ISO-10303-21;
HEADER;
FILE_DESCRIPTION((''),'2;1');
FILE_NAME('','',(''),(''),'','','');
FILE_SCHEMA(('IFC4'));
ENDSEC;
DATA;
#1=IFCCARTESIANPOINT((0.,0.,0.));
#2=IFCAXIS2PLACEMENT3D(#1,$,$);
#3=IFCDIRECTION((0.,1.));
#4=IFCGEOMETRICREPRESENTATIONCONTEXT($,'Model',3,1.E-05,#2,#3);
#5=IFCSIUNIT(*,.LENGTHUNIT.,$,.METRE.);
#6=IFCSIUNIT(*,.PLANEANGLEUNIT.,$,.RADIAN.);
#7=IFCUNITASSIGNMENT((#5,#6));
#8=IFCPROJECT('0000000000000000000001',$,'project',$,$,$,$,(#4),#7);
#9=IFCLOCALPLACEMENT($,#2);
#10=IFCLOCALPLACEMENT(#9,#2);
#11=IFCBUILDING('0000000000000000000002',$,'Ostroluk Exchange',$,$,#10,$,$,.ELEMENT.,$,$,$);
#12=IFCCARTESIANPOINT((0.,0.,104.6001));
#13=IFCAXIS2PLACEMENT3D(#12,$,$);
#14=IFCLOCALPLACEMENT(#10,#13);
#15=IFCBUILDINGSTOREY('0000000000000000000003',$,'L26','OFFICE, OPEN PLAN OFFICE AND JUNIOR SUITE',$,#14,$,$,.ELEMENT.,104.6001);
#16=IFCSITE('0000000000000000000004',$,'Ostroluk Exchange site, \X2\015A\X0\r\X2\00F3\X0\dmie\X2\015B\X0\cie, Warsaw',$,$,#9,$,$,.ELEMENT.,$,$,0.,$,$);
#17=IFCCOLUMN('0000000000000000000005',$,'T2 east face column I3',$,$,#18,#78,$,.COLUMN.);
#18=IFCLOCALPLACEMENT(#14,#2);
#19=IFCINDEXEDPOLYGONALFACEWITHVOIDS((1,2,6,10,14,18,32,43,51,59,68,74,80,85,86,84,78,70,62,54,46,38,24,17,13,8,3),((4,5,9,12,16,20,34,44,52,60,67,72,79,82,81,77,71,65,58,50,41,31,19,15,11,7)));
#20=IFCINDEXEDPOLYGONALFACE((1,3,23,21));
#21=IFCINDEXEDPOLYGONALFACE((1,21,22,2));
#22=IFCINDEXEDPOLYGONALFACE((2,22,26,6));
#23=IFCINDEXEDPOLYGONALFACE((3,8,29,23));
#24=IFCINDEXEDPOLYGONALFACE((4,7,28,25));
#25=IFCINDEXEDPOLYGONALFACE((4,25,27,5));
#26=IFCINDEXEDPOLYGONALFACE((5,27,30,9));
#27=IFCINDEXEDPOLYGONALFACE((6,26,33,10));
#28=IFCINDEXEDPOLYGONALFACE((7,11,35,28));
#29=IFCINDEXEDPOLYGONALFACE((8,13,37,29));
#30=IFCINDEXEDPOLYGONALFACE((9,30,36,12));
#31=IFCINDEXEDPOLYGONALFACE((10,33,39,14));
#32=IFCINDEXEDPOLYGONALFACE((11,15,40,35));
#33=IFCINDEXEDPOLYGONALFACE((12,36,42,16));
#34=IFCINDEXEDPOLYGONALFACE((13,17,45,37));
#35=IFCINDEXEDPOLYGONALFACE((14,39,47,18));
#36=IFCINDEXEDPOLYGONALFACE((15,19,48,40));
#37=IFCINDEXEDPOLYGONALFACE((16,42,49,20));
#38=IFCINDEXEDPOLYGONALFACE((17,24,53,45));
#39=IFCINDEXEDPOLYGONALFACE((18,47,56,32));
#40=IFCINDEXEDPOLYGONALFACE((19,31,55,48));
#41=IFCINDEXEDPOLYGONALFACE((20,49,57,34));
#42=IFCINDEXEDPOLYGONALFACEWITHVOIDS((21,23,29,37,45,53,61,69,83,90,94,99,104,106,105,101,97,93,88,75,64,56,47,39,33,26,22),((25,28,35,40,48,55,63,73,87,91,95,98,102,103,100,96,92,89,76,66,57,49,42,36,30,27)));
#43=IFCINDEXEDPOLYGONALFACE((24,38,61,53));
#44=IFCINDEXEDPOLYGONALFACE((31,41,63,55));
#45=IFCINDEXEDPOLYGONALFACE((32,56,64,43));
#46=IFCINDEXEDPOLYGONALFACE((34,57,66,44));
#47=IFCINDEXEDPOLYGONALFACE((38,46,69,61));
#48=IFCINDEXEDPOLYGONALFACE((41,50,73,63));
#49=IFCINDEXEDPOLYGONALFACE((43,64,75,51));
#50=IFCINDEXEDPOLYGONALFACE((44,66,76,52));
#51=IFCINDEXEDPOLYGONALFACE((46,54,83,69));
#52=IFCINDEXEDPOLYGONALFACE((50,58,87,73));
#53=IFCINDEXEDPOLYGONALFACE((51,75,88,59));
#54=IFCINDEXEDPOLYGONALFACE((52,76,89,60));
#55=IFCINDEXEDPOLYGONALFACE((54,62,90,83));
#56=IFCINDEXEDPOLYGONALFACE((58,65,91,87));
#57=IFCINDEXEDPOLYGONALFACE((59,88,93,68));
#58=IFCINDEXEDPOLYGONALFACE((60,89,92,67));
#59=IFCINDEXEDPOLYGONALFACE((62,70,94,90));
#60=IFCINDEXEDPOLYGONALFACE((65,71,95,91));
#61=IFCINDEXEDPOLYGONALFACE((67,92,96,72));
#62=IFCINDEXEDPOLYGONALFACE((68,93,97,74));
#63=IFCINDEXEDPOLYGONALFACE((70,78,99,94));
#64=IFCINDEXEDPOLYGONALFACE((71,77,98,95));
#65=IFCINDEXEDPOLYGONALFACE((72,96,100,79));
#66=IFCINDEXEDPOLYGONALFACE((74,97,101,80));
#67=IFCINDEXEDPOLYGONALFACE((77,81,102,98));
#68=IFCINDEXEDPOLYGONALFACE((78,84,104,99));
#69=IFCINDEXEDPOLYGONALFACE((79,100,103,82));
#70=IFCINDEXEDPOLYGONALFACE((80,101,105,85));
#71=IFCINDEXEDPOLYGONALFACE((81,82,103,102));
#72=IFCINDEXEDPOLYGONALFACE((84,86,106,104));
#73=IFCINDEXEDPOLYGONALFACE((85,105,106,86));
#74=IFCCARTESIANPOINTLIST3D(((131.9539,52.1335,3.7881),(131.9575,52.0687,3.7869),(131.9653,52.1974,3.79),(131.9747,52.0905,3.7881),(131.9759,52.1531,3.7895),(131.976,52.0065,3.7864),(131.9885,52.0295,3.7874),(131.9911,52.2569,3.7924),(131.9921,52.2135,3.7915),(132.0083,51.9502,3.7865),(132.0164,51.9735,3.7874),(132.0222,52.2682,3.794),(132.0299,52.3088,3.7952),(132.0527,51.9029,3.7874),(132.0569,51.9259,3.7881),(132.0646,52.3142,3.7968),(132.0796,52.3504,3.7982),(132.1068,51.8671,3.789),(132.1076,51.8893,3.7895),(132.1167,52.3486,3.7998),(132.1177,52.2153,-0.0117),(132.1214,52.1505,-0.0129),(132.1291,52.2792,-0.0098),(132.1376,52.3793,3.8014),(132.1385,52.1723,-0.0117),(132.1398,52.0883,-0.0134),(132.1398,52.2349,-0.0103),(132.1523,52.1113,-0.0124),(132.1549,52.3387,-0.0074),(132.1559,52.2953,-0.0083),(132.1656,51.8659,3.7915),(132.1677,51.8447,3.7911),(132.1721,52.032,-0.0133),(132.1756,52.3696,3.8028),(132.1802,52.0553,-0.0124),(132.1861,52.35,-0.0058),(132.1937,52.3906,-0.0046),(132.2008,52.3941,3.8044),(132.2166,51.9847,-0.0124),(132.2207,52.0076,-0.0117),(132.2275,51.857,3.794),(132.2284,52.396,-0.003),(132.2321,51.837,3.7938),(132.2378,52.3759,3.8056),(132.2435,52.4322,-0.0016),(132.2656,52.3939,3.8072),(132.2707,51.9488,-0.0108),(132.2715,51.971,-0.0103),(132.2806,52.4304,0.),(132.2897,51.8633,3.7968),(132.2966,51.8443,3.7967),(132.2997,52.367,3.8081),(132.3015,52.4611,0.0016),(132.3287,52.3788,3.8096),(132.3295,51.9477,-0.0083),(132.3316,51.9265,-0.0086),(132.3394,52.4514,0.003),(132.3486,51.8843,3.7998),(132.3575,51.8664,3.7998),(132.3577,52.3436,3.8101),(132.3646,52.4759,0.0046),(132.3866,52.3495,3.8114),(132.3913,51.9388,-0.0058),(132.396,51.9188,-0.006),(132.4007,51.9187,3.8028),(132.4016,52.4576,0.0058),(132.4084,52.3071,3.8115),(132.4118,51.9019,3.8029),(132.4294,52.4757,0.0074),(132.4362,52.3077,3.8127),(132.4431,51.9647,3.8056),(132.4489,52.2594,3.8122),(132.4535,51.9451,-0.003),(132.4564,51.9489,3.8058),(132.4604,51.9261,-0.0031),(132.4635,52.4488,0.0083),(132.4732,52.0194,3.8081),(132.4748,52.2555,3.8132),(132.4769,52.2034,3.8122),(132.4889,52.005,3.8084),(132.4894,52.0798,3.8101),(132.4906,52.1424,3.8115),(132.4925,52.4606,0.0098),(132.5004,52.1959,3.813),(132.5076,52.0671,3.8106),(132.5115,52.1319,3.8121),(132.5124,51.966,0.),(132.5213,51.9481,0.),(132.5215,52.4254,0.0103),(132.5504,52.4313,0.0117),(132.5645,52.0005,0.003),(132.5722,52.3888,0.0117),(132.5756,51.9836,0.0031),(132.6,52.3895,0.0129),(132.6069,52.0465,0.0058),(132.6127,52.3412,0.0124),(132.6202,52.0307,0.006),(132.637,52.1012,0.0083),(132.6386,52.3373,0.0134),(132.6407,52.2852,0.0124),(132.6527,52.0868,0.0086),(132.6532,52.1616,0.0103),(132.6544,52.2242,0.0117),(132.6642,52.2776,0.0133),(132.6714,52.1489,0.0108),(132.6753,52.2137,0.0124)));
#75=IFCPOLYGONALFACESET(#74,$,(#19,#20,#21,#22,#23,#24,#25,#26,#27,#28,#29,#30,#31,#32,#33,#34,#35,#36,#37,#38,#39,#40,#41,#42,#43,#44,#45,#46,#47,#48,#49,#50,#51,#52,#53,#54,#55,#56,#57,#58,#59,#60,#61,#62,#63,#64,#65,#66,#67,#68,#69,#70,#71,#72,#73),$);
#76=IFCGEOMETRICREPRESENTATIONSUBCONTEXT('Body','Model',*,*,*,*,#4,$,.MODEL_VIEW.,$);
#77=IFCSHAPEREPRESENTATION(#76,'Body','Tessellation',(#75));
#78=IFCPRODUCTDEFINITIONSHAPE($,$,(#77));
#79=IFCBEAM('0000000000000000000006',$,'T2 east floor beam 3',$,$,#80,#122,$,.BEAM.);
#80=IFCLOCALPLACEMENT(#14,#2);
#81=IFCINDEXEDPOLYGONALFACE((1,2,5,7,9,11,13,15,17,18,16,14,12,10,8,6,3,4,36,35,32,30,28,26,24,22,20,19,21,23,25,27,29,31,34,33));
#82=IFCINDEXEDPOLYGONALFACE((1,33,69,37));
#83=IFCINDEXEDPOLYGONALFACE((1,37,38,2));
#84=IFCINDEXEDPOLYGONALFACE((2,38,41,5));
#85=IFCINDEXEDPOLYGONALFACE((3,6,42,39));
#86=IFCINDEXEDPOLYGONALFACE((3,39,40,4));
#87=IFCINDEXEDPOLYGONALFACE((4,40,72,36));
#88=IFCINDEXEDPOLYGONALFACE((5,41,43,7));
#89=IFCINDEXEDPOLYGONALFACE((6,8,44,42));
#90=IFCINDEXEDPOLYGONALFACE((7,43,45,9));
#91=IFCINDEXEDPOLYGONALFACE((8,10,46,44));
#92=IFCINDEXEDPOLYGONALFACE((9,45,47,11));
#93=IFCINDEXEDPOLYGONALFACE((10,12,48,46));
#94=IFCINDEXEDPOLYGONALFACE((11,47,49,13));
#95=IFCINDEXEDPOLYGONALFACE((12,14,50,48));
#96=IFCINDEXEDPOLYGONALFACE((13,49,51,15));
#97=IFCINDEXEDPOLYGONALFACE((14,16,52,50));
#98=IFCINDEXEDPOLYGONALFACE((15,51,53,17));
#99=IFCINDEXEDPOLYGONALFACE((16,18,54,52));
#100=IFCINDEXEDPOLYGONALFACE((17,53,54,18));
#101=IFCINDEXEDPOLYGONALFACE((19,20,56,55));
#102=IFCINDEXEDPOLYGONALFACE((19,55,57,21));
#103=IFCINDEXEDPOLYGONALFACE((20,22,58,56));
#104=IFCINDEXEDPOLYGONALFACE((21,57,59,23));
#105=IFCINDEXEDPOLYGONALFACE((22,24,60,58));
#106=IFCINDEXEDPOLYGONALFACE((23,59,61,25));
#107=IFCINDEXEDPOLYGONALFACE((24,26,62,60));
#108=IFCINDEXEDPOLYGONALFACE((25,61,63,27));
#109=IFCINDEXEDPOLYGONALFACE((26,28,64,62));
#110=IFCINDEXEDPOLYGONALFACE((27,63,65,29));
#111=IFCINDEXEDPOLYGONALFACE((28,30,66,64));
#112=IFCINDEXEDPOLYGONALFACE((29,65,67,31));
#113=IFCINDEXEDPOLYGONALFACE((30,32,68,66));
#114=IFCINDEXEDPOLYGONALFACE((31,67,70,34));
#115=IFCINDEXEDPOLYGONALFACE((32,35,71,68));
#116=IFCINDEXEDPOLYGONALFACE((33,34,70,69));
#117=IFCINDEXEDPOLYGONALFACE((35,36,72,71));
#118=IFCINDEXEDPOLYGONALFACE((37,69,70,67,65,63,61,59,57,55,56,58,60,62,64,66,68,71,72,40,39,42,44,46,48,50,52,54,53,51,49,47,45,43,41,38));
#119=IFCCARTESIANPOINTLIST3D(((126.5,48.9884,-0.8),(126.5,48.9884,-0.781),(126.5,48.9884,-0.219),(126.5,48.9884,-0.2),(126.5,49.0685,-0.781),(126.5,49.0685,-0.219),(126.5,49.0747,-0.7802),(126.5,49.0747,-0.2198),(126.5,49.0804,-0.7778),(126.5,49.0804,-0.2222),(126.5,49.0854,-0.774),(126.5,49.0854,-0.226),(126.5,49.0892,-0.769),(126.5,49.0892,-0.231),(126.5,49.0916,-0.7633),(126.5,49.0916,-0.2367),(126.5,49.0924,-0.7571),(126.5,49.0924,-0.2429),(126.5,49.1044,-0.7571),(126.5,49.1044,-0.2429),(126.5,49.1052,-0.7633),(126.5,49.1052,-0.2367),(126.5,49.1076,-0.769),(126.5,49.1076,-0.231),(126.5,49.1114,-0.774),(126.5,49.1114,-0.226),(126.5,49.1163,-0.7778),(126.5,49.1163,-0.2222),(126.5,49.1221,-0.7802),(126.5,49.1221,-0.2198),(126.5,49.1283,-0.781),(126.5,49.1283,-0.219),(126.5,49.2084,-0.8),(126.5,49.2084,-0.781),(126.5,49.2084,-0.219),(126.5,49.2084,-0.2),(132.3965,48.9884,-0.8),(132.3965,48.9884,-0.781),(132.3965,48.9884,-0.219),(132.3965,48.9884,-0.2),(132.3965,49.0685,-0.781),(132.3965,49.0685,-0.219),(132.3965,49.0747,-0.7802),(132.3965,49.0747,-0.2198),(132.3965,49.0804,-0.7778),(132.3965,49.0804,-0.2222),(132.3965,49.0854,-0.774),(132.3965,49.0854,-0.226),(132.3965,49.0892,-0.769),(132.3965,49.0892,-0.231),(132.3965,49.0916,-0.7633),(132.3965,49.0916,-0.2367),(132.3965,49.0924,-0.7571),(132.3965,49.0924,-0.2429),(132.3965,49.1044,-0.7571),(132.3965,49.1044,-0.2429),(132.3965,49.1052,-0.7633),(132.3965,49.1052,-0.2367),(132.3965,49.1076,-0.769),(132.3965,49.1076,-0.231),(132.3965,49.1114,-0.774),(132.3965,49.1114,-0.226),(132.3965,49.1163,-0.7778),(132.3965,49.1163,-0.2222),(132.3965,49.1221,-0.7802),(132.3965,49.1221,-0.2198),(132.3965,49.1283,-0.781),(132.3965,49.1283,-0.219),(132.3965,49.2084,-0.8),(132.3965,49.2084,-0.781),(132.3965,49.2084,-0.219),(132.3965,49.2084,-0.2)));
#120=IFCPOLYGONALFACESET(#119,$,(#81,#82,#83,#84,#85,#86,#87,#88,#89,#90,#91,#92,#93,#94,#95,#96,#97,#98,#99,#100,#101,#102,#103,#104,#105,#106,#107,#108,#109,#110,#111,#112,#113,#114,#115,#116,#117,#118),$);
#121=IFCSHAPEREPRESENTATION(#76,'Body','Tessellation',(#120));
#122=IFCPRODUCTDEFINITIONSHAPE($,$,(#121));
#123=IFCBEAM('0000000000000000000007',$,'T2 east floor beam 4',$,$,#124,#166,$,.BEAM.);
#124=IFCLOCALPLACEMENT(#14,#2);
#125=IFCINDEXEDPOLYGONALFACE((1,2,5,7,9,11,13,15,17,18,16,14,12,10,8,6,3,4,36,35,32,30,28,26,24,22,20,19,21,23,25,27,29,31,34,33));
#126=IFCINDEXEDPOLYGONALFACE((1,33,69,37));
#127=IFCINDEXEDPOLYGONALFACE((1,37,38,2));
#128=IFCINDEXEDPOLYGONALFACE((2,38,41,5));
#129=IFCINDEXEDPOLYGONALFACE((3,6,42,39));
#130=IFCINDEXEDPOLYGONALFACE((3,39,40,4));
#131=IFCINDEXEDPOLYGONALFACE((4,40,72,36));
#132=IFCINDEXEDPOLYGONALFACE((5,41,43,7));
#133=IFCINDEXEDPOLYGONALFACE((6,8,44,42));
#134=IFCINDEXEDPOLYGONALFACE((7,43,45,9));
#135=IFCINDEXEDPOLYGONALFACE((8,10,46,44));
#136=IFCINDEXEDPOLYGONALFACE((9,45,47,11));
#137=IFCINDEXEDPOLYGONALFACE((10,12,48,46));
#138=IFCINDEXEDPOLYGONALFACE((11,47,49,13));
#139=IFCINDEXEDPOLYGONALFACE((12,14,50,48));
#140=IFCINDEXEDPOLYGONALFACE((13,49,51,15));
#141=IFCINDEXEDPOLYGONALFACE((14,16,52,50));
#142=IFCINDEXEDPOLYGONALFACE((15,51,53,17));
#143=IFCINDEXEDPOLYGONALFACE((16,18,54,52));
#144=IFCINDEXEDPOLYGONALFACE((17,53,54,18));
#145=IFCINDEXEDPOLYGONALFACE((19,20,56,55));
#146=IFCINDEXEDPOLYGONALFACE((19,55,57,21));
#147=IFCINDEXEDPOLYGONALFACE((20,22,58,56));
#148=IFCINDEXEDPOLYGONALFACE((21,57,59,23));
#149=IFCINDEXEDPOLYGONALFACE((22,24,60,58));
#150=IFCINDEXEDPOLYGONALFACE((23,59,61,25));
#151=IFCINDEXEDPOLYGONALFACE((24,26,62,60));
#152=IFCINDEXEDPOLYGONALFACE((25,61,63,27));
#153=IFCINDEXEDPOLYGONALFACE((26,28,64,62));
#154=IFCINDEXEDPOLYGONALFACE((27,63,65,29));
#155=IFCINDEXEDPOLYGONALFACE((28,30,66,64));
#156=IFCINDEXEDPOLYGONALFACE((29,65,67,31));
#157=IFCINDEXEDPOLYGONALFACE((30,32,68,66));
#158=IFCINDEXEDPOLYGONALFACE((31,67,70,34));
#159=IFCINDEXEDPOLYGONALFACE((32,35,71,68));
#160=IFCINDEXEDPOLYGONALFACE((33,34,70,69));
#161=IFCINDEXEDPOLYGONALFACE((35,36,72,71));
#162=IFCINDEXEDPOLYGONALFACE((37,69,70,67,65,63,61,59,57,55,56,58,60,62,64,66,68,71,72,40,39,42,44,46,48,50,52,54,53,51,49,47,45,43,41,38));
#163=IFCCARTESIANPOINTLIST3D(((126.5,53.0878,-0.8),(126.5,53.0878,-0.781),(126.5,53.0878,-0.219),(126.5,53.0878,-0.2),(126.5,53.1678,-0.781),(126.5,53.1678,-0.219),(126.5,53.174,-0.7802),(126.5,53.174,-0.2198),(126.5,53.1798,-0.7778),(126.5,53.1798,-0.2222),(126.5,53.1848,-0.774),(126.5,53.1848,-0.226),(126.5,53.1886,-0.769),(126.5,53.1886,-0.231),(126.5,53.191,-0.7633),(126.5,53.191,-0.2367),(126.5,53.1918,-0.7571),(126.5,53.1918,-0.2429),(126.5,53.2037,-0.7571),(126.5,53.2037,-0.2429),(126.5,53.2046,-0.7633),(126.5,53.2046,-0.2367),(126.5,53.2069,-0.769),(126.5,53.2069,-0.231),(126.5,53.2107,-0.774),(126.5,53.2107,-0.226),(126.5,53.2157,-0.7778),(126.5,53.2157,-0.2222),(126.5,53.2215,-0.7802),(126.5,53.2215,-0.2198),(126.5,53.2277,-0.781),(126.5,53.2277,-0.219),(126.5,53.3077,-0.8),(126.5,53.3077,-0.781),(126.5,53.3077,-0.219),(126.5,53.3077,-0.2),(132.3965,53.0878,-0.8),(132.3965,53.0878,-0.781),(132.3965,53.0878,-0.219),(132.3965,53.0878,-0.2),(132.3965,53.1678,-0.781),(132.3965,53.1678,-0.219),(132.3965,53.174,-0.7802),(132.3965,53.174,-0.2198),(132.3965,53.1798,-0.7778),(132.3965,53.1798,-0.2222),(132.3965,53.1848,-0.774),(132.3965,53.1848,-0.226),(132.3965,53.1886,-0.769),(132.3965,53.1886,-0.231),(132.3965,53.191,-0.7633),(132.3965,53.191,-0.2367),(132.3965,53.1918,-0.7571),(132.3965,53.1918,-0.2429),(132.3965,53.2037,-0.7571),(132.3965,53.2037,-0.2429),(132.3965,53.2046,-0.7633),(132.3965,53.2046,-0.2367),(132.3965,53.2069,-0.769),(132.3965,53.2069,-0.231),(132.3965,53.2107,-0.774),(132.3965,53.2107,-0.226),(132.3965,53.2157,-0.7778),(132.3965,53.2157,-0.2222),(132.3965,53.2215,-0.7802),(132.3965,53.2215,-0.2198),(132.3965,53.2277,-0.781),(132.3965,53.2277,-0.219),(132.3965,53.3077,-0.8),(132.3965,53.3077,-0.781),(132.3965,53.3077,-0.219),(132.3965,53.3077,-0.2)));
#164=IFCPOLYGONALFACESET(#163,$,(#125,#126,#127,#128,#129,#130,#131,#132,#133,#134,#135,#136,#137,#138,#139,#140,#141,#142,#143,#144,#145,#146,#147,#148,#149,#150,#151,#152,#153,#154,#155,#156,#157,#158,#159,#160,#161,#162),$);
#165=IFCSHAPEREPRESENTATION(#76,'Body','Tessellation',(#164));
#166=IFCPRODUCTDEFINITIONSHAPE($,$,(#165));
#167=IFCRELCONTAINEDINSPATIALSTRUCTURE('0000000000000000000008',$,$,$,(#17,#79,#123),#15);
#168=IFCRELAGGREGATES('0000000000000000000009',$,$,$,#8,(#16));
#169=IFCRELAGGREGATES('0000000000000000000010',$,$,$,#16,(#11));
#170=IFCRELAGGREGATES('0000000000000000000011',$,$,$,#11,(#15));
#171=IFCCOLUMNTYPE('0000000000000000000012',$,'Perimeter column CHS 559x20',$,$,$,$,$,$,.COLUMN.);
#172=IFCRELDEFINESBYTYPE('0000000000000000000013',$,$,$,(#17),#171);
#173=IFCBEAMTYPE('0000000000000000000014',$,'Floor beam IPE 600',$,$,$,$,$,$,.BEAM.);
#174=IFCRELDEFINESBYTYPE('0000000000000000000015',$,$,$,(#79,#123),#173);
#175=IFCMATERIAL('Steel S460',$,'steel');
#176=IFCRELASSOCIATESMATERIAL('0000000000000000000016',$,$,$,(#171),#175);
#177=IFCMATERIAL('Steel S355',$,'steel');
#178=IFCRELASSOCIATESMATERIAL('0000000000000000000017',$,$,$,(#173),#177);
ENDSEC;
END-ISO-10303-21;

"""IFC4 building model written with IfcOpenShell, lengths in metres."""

from ifc_helpers import new_model, si_unit, direction, frame, origin, origin_2d, place, context, subcontext, project, spatial, hollow_circle, i_section, extrude, material, material_profile, profile_set, type_object, element, save


model = new_model("IFC4")

# Units and contexts
model_context = context("Model", 3, precision=1e-05, world=origin(), true_north=direction((0.0, 1.0)))
body_context = subcontext(model_context, "Body", "Model", "MODEL_VIEW")
ifc_project = project(units=[si_unit("LENGTHUNIT", "METRE"), si_unit("PLANEANGLEUNIT", "RADIAN")], contexts=[model_context])

# Site, building, storey
site_placement = place(None, origin())
site = spatial("IfcSite", under=ifc_project, at=site_placement, Name="Ostroluk Exchange site, Śródmieście, Warsaw", CompositionType="ELEMENT", RefElevation=0.0)
building_placement = place(site_placement, origin())
building = spatial("IfcBuilding", under=site, at=building_placement, Name="Ostroluk Exchange", CompositionType="ELEMENT")
storey_placement = place(building_placement, frame((0.0, 0.0, 104.6001)))
storey = spatial("IfcBuildingStorey", under=building, at=storey_placement, Name="L26", Description="OFFICE, OPEN PLAN OFFICE AND JUNIOR SUITE", CompositionType="ELEMENT", Elevation=104.6001)

# Column
ifc_material_1 = material(Name="Steel S460", Category="steel")
ifc_material_profile_1 = material_profile(ifc_material_1, hollow_circle(Radius=0.2795, WallThickness=0.02, at=origin_2d()), Name="CHS 559x20")
ifc_profile_set_1 = profile_set([ifc_material_profile_1], Name="Steel S460")
column_type = type_object("IfcColumnType", Name="Perimeter column CHS 559x20", PredefinedType="COLUMN", material=ifc_profile_set_1)
column_placement = place(storey_placement, frame((132.3965, 52.1982, 0.0), z_axis=(-0.043062, -0.021499, 0.998841), x_axis=(0.44668, -0.894694, 0.0)))
element("IfcColumn", 1, at=column_placement, inside=storey, type_object=column_type, Name="T2 east face column I3", PredefinedType="COLUMN", context=body_context, shape_type="SweptSolid", body=[
    extrude(hollow_circle(Radius=0.2795, WallThickness=0.02, at=origin_2d()), origin(), (0.0, 0.0, 1.0), 3.8042),
])

# Beams
ifc_material_2 = material(Name="Steel S355", Category="steel")
ifc_material_profile_2 = material_profile(ifc_material_2, i_section(OverallWidth=0.22, OverallDepth=0.6001, WebThickness=0.012, FlangeThickness=0.019, FilletRadius=0.0239, at=origin_2d()), Name="IPE 600")
ifc_profile_set_2 = profile_set([ifc_material_profile_2], Name="Steel S355")
beam_type_1 = type_object("IfcBeamType", Name="Floor beam IPE 600", PredefinedType="BEAM", material=ifc_profile_set_2)
for number, where, z_axis, x_axis, name in (
    (2, (126.5, 49.0984, -0.5), (1.0, 0.0, 0.0), (0.0, 1.0, 0.0), "T2 east floor beam 3"),
    (3, (126.5, 53.1978, -0.5), (1.0, 0.0, 0.0), (0.0, 1.0, 0.0), "T2 east floor beam 4"),
):
    element("IfcBeam", number, at=place(storey_placement, frame(where, z_axis=z_axis, x_axis=x_axis)), inside=storey, type_object=beam_type_1, Name=name, PredefinedType="BEAM", context=body_context, shape_type="SweptSolid", body=[
        extrude(i_section(OverallWidth=0.22, OverallDepth=0.6001, WebThickness=0.012, FlangeThickness=0.019, FilletRadius=0.0239, at=origin_2d()), origin(), (0.0, 0.0, 1.0), 5.8965),
    ])

save(model, "model.ifc")
